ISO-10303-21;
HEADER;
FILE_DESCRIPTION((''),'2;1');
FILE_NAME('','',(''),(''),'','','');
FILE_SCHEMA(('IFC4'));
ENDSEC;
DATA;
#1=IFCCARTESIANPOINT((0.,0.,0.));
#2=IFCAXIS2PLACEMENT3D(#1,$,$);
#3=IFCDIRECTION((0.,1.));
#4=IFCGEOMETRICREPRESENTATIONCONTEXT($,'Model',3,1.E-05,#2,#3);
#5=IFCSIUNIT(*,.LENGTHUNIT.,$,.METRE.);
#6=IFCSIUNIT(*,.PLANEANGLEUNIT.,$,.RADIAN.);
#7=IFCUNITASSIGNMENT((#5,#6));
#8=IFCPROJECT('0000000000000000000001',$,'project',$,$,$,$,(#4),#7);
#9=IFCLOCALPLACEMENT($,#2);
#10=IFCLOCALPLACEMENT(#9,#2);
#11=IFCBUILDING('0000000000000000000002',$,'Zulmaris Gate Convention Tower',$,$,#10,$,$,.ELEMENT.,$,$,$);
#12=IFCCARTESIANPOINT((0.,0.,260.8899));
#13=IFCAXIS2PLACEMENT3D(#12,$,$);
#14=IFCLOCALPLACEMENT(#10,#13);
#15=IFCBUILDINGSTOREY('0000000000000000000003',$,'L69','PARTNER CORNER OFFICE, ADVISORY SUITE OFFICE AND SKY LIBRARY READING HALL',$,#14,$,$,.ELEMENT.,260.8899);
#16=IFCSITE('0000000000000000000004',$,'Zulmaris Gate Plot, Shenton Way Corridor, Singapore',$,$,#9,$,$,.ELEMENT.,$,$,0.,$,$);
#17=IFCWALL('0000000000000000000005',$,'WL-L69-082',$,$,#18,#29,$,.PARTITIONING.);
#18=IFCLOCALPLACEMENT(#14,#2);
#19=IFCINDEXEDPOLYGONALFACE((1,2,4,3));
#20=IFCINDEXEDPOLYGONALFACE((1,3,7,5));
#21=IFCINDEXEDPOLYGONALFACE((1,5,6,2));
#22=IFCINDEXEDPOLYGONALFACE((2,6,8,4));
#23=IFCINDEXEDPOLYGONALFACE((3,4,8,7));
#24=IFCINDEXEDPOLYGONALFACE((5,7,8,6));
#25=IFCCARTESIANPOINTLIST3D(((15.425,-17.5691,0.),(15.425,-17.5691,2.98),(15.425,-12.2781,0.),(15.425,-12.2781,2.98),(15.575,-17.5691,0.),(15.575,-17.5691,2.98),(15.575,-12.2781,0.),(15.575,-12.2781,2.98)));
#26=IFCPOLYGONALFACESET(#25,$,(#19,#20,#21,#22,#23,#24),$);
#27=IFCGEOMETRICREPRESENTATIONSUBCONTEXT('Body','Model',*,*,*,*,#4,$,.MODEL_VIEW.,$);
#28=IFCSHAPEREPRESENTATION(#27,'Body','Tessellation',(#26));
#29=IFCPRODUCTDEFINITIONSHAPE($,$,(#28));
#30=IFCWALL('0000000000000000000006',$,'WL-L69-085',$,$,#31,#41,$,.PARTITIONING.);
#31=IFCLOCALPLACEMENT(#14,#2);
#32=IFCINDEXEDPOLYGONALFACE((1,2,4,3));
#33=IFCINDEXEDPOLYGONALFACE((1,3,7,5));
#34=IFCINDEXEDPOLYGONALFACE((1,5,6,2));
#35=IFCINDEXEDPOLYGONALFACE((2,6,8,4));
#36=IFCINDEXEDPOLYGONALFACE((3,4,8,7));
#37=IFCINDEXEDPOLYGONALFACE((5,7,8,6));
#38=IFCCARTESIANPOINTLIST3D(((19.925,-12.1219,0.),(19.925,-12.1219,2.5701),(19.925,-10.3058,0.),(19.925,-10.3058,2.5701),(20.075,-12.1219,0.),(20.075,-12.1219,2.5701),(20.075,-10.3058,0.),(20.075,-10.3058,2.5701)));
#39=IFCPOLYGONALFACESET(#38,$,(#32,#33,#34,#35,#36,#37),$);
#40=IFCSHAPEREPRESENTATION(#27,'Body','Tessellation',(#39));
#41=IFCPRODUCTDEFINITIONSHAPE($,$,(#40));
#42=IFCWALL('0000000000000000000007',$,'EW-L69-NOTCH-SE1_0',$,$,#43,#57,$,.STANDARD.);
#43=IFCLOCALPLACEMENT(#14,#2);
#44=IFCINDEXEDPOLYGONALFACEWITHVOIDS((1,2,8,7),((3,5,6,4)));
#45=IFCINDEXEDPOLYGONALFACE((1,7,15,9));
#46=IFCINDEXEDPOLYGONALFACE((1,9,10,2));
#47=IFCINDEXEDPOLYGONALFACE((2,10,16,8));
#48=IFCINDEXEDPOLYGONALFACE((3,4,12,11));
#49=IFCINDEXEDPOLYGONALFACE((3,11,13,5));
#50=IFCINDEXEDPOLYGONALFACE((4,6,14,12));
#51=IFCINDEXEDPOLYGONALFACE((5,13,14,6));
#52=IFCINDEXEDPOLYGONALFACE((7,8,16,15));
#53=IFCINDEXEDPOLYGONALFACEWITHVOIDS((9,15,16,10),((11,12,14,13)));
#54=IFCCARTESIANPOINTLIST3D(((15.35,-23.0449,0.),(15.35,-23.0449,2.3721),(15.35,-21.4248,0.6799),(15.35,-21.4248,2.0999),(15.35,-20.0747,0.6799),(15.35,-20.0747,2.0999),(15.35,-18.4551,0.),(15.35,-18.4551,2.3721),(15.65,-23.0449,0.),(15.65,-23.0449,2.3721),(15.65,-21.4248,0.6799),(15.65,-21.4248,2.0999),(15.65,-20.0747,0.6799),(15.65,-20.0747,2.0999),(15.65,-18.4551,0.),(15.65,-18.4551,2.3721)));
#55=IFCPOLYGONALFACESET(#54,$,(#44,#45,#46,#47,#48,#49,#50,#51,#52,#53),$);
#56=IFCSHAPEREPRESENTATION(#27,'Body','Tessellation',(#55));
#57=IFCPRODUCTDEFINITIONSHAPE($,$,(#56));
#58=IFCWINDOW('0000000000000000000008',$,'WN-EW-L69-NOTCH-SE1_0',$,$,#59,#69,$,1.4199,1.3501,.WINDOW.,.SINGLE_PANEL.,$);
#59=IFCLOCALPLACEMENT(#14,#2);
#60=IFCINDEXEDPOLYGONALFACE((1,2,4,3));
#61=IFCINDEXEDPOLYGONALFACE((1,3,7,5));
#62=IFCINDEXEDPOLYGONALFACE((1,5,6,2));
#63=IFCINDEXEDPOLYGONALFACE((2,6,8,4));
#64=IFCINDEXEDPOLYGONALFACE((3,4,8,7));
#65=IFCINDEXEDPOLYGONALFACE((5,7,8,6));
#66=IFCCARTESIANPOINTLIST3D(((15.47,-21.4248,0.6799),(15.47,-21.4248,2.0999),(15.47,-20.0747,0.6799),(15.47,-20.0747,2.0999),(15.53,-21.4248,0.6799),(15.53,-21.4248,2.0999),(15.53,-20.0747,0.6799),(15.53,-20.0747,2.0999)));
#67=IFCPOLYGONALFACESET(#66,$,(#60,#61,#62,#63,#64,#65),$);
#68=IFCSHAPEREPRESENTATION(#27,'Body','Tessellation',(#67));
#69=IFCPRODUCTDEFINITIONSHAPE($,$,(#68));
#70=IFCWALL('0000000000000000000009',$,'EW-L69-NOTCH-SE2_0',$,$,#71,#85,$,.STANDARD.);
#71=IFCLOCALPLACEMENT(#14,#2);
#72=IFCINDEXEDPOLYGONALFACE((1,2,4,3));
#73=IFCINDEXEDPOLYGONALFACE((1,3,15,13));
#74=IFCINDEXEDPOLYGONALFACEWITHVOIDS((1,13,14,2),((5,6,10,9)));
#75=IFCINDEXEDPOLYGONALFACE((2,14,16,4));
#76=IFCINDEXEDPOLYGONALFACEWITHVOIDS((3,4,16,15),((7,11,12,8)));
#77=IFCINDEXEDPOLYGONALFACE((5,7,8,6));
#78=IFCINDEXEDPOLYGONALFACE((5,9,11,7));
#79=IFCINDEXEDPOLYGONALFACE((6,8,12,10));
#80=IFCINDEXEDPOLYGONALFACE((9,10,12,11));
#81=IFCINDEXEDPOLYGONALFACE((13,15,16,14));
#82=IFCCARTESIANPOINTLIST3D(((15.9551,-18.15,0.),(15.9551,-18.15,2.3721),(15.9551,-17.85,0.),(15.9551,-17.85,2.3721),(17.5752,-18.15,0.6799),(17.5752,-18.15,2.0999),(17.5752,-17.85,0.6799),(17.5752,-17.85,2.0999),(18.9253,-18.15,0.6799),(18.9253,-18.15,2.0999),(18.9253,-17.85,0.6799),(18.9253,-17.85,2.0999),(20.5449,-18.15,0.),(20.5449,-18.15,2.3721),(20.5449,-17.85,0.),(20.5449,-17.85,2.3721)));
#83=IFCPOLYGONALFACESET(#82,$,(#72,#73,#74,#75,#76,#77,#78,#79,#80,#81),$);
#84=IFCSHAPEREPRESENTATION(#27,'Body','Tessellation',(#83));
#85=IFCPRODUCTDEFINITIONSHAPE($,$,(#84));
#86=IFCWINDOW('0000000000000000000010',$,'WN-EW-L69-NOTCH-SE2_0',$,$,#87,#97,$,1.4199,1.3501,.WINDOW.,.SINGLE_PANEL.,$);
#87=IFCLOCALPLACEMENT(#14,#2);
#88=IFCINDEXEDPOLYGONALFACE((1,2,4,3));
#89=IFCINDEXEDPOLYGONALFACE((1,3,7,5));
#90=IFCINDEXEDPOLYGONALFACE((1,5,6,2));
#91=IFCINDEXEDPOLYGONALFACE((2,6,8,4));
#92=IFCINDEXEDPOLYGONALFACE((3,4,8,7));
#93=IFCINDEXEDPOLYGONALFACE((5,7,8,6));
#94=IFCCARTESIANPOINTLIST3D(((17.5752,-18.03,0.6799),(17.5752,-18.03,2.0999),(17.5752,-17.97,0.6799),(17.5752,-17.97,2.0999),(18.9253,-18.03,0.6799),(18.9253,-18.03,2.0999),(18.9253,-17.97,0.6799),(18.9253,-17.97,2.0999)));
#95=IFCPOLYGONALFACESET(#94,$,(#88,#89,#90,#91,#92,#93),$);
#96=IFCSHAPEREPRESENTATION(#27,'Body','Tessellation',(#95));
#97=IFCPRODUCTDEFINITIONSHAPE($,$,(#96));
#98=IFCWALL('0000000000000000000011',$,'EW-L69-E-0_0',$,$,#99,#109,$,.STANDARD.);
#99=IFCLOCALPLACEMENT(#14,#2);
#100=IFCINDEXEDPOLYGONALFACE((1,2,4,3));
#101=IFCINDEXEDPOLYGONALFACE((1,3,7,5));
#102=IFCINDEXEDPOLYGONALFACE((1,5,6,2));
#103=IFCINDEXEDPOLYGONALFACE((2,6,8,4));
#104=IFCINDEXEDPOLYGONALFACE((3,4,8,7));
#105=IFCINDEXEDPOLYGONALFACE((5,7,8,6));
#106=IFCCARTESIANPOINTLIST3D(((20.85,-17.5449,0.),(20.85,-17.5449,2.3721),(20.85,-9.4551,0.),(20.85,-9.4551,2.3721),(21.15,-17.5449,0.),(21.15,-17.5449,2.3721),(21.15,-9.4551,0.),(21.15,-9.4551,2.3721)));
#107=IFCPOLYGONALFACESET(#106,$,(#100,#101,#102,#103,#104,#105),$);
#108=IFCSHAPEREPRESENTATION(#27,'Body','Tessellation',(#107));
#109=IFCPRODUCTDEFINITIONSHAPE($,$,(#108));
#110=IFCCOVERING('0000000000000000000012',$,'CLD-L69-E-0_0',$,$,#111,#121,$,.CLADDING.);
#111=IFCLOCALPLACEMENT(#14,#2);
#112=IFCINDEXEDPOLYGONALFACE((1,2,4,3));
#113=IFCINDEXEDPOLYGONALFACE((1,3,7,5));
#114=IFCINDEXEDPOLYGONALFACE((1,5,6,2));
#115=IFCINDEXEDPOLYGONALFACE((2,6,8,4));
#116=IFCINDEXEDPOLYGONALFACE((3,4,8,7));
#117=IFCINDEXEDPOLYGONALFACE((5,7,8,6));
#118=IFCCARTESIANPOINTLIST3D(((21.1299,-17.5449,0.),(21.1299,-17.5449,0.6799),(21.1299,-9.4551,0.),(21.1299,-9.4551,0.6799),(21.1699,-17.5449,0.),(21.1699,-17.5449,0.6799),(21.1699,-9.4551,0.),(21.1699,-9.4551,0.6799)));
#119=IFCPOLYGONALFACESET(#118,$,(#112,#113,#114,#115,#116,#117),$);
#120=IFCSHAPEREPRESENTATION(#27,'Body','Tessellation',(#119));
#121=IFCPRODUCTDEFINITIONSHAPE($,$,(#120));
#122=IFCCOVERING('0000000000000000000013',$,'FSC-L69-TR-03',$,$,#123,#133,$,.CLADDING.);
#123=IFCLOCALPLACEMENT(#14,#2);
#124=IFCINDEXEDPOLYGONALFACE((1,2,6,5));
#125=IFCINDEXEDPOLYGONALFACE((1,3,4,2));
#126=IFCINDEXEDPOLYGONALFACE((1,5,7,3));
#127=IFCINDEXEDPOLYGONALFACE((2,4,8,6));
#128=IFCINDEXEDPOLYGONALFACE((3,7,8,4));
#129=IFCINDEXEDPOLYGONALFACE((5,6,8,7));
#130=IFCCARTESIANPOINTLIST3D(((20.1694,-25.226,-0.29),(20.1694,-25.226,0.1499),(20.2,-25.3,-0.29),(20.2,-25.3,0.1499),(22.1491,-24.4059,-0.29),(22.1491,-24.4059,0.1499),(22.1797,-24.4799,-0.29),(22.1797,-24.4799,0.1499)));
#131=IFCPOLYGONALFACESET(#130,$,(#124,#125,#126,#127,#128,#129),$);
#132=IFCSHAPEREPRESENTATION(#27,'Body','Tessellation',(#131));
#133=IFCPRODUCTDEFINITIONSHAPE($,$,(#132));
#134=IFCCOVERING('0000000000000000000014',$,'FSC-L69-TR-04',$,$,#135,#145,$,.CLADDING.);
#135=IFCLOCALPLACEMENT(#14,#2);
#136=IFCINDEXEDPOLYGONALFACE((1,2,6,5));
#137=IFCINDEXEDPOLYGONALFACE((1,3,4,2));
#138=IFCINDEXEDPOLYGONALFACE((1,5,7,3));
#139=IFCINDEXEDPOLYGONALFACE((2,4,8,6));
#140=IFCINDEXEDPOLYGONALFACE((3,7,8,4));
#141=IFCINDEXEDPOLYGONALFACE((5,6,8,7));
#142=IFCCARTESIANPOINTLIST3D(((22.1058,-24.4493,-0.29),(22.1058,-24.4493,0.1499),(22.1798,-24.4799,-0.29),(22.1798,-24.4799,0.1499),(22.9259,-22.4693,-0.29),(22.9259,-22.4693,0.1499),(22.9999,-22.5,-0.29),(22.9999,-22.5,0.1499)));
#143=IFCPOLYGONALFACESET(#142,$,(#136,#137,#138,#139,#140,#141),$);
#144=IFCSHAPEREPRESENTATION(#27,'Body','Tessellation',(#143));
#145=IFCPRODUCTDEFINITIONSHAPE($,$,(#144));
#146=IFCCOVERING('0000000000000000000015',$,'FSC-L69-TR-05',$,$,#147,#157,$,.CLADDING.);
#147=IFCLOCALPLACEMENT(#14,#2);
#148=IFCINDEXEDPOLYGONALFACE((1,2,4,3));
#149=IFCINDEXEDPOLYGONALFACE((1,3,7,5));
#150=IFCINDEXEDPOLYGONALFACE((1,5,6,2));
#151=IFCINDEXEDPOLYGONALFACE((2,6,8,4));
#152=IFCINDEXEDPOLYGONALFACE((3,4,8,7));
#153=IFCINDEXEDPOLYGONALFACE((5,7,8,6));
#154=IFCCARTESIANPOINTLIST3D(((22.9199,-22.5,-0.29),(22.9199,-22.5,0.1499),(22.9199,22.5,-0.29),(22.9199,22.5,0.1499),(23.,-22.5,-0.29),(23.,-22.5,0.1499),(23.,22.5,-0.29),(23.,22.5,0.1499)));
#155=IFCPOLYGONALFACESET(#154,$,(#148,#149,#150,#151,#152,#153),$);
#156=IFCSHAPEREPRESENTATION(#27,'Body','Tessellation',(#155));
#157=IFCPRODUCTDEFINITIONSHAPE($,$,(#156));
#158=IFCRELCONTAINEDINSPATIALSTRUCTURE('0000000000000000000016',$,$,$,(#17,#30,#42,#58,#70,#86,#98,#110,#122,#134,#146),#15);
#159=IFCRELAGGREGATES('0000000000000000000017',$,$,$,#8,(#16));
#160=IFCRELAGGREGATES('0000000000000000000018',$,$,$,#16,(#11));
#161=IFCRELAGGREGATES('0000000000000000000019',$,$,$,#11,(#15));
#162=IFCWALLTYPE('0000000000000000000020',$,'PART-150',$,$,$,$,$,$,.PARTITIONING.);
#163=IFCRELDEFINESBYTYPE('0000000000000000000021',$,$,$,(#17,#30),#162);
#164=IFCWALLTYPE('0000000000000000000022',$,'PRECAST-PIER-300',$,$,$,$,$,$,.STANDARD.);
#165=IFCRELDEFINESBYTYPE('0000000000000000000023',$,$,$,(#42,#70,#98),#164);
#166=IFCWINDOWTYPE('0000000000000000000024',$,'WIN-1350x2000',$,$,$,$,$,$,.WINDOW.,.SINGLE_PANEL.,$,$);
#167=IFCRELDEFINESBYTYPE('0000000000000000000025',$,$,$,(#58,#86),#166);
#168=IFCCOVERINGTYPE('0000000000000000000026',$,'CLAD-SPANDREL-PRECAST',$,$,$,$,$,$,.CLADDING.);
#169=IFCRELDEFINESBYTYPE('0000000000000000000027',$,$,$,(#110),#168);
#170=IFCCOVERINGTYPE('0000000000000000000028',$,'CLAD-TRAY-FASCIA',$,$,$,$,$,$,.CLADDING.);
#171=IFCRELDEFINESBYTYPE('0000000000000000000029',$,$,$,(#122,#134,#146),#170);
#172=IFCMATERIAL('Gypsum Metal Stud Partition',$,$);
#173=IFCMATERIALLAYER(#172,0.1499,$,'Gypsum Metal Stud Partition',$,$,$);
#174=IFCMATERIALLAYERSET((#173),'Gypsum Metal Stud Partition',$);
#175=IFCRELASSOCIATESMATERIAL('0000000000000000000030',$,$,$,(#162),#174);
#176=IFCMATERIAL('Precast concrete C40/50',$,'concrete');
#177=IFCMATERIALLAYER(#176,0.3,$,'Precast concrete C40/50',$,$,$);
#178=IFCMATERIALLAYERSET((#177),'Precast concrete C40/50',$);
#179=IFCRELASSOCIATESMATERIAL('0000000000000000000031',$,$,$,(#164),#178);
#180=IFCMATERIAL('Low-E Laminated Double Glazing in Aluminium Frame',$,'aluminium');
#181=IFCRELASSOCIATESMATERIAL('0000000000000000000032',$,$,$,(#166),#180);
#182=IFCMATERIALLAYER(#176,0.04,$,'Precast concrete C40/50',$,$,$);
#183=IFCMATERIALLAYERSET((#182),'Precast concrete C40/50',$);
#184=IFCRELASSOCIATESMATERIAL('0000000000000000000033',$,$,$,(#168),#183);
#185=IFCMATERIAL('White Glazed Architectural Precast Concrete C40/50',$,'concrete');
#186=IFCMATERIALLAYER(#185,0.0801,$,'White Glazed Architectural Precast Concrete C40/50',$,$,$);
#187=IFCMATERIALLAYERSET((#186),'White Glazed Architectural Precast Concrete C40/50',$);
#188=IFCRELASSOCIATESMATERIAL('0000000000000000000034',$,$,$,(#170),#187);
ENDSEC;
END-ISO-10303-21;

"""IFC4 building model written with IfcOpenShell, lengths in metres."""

from ifc_helpers import new_model, si_unit, direction, frame, frame_2d, origin, place, context, subcontext, project, spatial, rectangle, extrude, material, layer, layer_set, type_object, element, fill, save


model = new_model("IFC4")

# Units and contexts
model_context = context("Model", 3, precision=1e-05, world=origin(), true_north=direction((0.0, 1.0)))
body_context = subcontext(model_context, "Body", "Model", "MODEL_VIEW")
ifc_project = project(units=[si_unit("LENGTHUNIT", "METRE"), si_unit("PLANEANGLEUNIT", "RADIAN")], contexts=[model_context])

# Site, building, storey
site_placement = place(None, origin())
site = spatial("IfcSite", under=ifc_project, at=site_placement, Name="Zulmaris Gate Plot, Shenton Way Corridor, Singapore", CompositionType="ELEMENT", RefElevation=0.0)
building_placement = place(site_placement, origin())
building = spatial("IfcBuilding", under=site, at=building_placement, Name="Zulmaris Gate Convention Tower", CompositionType="ELEMENT")
storey_placement = place(building_placement, frame((0.0, 0.0, 260.8899)))
storey = spatial("IfcBuildingStorey", under=building, at=storey_placement, Name="L69", Description="PARTNER CORNER OFFICE, ADVISORY SUITE OFFICE AND SKY LIBRARY READING HALL", CompositionType="ELEMENT", Elevation=260.8899)

# Walls
ifc_material_1 = material(Name="Gypsum Metal Stud Partition")
ifc_layer_1 = layer(ifc_material_1, 0.1499, Name="Gypsum Metal Stud Partition")
ifc_layer_set_1 = layer_set([ifc_layer_1], Name="Gypsum Metal Stud Partition")
wall_type_1 = type_object("IfcWallType", Name="PART-150", PredefinedType="PARTITIONING", material=ifc_layer_set_1)
wall_1_placement = place(storey_placement, frame((15.5, -17.5691, 0.0), z_axis=(0.0, 0.0, 1.0), x_axis=(0.0, 1.0, 0.0)))
element("IfcWall", 1, at=wall_1_placement, inside=storey, type_object=wall_type_1, Name="WL-L69-082", PredefinedType="PARTITIONING", context=body_context, shape_type="SweptSolid", body=[
    extrude(rectangle(XDim=5.291, YDim=0.1499, at=frame_2d((2.6455, 0.0))), origin(), (0.0, 0.0, 1.0), 2.98),
])
wall_2_placement = place(storey_placement, frame((20.0, -12.1221, 0.0), z_axis=(0.0, 0.0, 1.0), x_axis=(0.0, 1.0, 0.0)))
element("IfcWall", 2, at=wall_2_placement, inside=storey, type_object=wall_type_1, Name="WL-L69-085", PredefinedType="PARTITIONING", context=body_context, shape_type="SweptSolid", body=[
    extrude(rectangle(XDim=1.8162, YDim=0.1499, at=frame_2d((0.9082, 0.0))), origin(), (0.0, 0.0, 1.0), 2.5701),
])

# Walls, openings, windows
ifc_material_2 = material(Name="Precast concrete C40/50", Category="concrete")
ifc_layer_2 = layer(ifc_material_2, 0.3, Name="Precast concrete C40/50")
ifc_layer_set_2 = layer_set([ifc_layer_2], Name="Precast concrete C40/50")
wall_type_2 = type_object("IfcWallType", Name="PRECAST-PIER-300", PredefinedType="STANDARD", material=ifc_layer_set_2)
wall_3_placement = place(storey_placement, frame((15.5, -23.0449, 0.0), z_axis=(0.0, 0.0, 1.0), x_axis=(0.0, 1.0, 0.0)))
wall_3 = element("IfcWall", 3, at=wall_3_placement, inside=storey, type_object=wall_type_2, Name="EW-L69-NOTCH-SE1_0", PredefinedType="STANDARD", context=body_context, shape_type="SweptSolid", body=[
    extrude(rectangle(XDim=4.5898, YDim=0.3, at=frame_2d((2.2949, 0.0))), origin(), (0.0, 0.0, 1.0), 2.3721),
])
opening_1_placement = place(wall_3_placement, frame((1.6201, 0.0, 0.6799)))
opening_1 = element("IfcOpeningElement", 4, at=opening_1_placement, cuts=wall_3, PredefinedType="OPENING", context=body_context, shape_type="SweptSolid", body=[
    extrude(rectangle(XDim=1.3501, YDim=1.4199, at=frame_2d((0.675, 0.71))), frame((0.0, 0.1602, 0.0), z_axis=(0.0, -1.0, 0.0), x_axis=(1.0, 0.0, 0.0)), (0.0, 0.0, 1.0), 0.3201),
])
ifc_material_3 = material(Name="Low-E Laminated Double Glazing in Aluminium Frame", Category="aluminium")
window_type = type_object("IfcWindowType", Name="WIN-1350x2000", PartitioningType="SINGLE_PANEL", PredefinedType="WINDOW", material=ifc_material_3)
window_1_placement = place(opening_1_placement, origin())
window_1 = element("IfcWindow", 5, at=window_1_placement, inside=storey, type_object=window_type, Name="WN-EW-L69-NOTCH-SE1_0", OverallHeight=1.4199, OverallWidth=1.3501, PartitioningType="SINGLE_PANEL", PredefinedType="WINDOW", context=body_context, shape_type="SweptSolid", body=[
    extrude(rectangle(XDim=1.3501, YDim=1.4199, at=frame_2d((0.675, 0.71))), frame((0.0, 0.03, 0.0), z_axis=(0.0, -1.0, 0.0), x_axis=(1.0, 0.0, 0.0)), (0.0, 0.0, 1.0), 0.0601),
])
fill(opening_1, window_1)
wall_4_placement = place(storey_placement, frame((15.9551, -18.0, 0.0), z_axis=(0.0, 0.0, 1.0), x_axis=(1.0, 0.0, 0.0)))
wall_4 = element("IfcWall", 6, at=wall_4_placement, inside=storey, type_object=wall_type_2, Name="EW-L69-NOTCH-SE2_0", PredefinedType="STANDARD", context=body_context, shape_type="SweptSolid", body=[
    extrude(rectangle(XDim=4.5898, YDim=0.3, at=frame_2d((2.2949, 0.0))), origin(), (0.0, 0.0, 1.0), 2.3721),
])
opening_2_placement = place(wall_4_placement, frame((1.6201, 0.0, 0.6799)))
opening_2 = element("IfcOpeningElement", 7, at=opening_2_placement, cuts=wall_4, PredefinedType="OPENING", context=body_context, shape_type="SweptSolid", body=[
    extrude(rectangle(XDim=1.3501, YDim=1.4199, at=frame_2d((0.675, 0.71))), frame((0.0, 0.1602, 0.0), z_axis=(0.0, -1.0, 0.0), x_axis=(1.0, 0.0, 0.0)), (0.0, 0.0, 1.0), 0.3201),
])
window_2_placement = place(opening_2_placement, origin())
window_2 = element("IfcWindow", 8, at=window_2_placement, inside=storey, type_object=window_type, Name="WN-EW-L69-NOTCH-SE2_0", OverallHeight=1.4199, OverallWidth=1.3501, PartitioningType="SINGLE_PANEL", PredefinedType="WINDOW", context=body_context, shape_type="SweptSolid", body=[
    extrude(rectangle(XDim=1.3501, YDim=1.4199, at=frame_2d((0.675, 0.71))), frame((0.0, 0.03, 0.0), z_axis=(0.0, -1.0, 0.0), x_axis=(1.0, 0.0, 0.0)), (0.0, 0.0, 1.0), 0.0601),
])
fill(opening_2, window_2)

# Wall
wall_5_placement = place(storey_placement, frame((21.0, -17.5449, 0.0), z_axis=(0.0, 0.0, 1.0), x_axis=(0.0, 1.0, 0.0)))
element("IfcWall", 9, at=wall_5_placement, inside=storey, type_object=wall_type_2, Name="EW-L69-E-0_0", PredefinedType="STANDARD", context=body_context, shape_type="SweptSolid", body=[
    extrude(rectangle(XDim=8.0898, YDim=0.3, at=frame_2d((4.0449, 0.0))), origin(), (0.0, 0.0, 1.0), 2.3721),
])

# Coverings
ifc_layer_3 = layer(ifc_material_2, 0.04, Name="Precast concrete C40/50")
ifc_layer_set_3 = layer_set([ifc_layer_3], Name="Precast concrete C40/50")
covering_type_1 = type_object("IfcCoveringType", Name="CLAD-SPANDREL-PRECAST", PredefinedType="CLADDING", material=ifc_layer_set_3)
covering_1_placement = place(storey_placement, frame((21.1499, -17.5449, 0.0), z_axis=(0.0, 0.0, 1.0), x_axis=(0.0, 1.0, 0.0)))
element("IfcCovering", 10, at=covering_1_placement, inside=storey, type_object=covering_type_1, Name="CLD-L69-E-0_0", PredefinedType="CLADDING", context=body_context, shape_type="SweptSolid", body=[
    extrude(rectangle(XDim=8.0898, YDim=0.04, at=frame_2d((4.0449, 0.0))), origin(), (0.0, 0.0, 1.0), 0.6799),
])
ifc_material_4 = material(Name="White Glazed Architectural Precast Concrete C40/50", Category="concrete")
ifc_layer_4 = layer(ifc_material_4, 0.0801, Name="White Glazed Architectural Precast Concrete C40/50")
ifc_layer_set_4 = layer_set([ifc_layer_4], Name="White Glazed Architectural Precast Concrete C40/50")
covering_type_2 = type_object("IfcCoveringType", Name="CLAD-TRAY-FASCIA", PredefinedType="CLADDING", material=ifc_layer_set_4)
covering_2_placement = place(storey_placement, frame((20.1848, -25.2629, -0.29), z_axis=(0.0, 0.0, 1.0), x_axis=(0.923874, 0.382697, 0.0)))
element("IfcCovering", 11, at=covering_2_placement, inside=storey, type_object=covering_type_2, Name="FSC-L69-TR-03", PredefinedType="CLADDING", context=body_context, shape_type="SweptSolid", body=[
    extrude(rectangle(XDim=2.1428, YDim=0.0801, at=frame_2d((1.0713, 0.0))), origin(), (0.0, 0.0, 1.0), 0.4399),
])
covering_3_placement = place(storey_placement, frame((22.1428, -24.4646, -0.29), z_axis=(0.0, 0.0, 1.0), x_axis=(0.382657, 0.92389, 0.0)))
element("IfcCovering", 12, at=covering_3_placement, inside=storey, type_object=covering_type_2, Name="FSC-L69-TR-04", PredefinedType="CLADDING", context=body_context, shape_type="SweptSolid", body=[
    extrude(rectangle(XDim=2.1431, YDim=0.0801, at=frame_2d((1.0715, 0.0))), origin(), (0.0, 0.0, 1.0), 0.4399),
])
covering_4_placement = place(storey_placement, frame((22.96, -22.5, -0.29), z_axis=(0.0, 0.0, 1.0), x_axis=(0.0, 1.0, 0.0)))
element("IfcCovering", 13, at=covering_4_placement, inside=storey, type_object=covering_type_2, Name="FSC-L69-TR-05", PredefinedType="CLADDING", context=body_context, shape_type="SweptSolid", body=[
    extrude(rectangle(XDim=45.0, YDim=0.0801, at=frame_2d((22.5, 0.0))), origin(), (0.0, 0.0, 1.0), 0.4399),
])

save(model, "model.ifc")
